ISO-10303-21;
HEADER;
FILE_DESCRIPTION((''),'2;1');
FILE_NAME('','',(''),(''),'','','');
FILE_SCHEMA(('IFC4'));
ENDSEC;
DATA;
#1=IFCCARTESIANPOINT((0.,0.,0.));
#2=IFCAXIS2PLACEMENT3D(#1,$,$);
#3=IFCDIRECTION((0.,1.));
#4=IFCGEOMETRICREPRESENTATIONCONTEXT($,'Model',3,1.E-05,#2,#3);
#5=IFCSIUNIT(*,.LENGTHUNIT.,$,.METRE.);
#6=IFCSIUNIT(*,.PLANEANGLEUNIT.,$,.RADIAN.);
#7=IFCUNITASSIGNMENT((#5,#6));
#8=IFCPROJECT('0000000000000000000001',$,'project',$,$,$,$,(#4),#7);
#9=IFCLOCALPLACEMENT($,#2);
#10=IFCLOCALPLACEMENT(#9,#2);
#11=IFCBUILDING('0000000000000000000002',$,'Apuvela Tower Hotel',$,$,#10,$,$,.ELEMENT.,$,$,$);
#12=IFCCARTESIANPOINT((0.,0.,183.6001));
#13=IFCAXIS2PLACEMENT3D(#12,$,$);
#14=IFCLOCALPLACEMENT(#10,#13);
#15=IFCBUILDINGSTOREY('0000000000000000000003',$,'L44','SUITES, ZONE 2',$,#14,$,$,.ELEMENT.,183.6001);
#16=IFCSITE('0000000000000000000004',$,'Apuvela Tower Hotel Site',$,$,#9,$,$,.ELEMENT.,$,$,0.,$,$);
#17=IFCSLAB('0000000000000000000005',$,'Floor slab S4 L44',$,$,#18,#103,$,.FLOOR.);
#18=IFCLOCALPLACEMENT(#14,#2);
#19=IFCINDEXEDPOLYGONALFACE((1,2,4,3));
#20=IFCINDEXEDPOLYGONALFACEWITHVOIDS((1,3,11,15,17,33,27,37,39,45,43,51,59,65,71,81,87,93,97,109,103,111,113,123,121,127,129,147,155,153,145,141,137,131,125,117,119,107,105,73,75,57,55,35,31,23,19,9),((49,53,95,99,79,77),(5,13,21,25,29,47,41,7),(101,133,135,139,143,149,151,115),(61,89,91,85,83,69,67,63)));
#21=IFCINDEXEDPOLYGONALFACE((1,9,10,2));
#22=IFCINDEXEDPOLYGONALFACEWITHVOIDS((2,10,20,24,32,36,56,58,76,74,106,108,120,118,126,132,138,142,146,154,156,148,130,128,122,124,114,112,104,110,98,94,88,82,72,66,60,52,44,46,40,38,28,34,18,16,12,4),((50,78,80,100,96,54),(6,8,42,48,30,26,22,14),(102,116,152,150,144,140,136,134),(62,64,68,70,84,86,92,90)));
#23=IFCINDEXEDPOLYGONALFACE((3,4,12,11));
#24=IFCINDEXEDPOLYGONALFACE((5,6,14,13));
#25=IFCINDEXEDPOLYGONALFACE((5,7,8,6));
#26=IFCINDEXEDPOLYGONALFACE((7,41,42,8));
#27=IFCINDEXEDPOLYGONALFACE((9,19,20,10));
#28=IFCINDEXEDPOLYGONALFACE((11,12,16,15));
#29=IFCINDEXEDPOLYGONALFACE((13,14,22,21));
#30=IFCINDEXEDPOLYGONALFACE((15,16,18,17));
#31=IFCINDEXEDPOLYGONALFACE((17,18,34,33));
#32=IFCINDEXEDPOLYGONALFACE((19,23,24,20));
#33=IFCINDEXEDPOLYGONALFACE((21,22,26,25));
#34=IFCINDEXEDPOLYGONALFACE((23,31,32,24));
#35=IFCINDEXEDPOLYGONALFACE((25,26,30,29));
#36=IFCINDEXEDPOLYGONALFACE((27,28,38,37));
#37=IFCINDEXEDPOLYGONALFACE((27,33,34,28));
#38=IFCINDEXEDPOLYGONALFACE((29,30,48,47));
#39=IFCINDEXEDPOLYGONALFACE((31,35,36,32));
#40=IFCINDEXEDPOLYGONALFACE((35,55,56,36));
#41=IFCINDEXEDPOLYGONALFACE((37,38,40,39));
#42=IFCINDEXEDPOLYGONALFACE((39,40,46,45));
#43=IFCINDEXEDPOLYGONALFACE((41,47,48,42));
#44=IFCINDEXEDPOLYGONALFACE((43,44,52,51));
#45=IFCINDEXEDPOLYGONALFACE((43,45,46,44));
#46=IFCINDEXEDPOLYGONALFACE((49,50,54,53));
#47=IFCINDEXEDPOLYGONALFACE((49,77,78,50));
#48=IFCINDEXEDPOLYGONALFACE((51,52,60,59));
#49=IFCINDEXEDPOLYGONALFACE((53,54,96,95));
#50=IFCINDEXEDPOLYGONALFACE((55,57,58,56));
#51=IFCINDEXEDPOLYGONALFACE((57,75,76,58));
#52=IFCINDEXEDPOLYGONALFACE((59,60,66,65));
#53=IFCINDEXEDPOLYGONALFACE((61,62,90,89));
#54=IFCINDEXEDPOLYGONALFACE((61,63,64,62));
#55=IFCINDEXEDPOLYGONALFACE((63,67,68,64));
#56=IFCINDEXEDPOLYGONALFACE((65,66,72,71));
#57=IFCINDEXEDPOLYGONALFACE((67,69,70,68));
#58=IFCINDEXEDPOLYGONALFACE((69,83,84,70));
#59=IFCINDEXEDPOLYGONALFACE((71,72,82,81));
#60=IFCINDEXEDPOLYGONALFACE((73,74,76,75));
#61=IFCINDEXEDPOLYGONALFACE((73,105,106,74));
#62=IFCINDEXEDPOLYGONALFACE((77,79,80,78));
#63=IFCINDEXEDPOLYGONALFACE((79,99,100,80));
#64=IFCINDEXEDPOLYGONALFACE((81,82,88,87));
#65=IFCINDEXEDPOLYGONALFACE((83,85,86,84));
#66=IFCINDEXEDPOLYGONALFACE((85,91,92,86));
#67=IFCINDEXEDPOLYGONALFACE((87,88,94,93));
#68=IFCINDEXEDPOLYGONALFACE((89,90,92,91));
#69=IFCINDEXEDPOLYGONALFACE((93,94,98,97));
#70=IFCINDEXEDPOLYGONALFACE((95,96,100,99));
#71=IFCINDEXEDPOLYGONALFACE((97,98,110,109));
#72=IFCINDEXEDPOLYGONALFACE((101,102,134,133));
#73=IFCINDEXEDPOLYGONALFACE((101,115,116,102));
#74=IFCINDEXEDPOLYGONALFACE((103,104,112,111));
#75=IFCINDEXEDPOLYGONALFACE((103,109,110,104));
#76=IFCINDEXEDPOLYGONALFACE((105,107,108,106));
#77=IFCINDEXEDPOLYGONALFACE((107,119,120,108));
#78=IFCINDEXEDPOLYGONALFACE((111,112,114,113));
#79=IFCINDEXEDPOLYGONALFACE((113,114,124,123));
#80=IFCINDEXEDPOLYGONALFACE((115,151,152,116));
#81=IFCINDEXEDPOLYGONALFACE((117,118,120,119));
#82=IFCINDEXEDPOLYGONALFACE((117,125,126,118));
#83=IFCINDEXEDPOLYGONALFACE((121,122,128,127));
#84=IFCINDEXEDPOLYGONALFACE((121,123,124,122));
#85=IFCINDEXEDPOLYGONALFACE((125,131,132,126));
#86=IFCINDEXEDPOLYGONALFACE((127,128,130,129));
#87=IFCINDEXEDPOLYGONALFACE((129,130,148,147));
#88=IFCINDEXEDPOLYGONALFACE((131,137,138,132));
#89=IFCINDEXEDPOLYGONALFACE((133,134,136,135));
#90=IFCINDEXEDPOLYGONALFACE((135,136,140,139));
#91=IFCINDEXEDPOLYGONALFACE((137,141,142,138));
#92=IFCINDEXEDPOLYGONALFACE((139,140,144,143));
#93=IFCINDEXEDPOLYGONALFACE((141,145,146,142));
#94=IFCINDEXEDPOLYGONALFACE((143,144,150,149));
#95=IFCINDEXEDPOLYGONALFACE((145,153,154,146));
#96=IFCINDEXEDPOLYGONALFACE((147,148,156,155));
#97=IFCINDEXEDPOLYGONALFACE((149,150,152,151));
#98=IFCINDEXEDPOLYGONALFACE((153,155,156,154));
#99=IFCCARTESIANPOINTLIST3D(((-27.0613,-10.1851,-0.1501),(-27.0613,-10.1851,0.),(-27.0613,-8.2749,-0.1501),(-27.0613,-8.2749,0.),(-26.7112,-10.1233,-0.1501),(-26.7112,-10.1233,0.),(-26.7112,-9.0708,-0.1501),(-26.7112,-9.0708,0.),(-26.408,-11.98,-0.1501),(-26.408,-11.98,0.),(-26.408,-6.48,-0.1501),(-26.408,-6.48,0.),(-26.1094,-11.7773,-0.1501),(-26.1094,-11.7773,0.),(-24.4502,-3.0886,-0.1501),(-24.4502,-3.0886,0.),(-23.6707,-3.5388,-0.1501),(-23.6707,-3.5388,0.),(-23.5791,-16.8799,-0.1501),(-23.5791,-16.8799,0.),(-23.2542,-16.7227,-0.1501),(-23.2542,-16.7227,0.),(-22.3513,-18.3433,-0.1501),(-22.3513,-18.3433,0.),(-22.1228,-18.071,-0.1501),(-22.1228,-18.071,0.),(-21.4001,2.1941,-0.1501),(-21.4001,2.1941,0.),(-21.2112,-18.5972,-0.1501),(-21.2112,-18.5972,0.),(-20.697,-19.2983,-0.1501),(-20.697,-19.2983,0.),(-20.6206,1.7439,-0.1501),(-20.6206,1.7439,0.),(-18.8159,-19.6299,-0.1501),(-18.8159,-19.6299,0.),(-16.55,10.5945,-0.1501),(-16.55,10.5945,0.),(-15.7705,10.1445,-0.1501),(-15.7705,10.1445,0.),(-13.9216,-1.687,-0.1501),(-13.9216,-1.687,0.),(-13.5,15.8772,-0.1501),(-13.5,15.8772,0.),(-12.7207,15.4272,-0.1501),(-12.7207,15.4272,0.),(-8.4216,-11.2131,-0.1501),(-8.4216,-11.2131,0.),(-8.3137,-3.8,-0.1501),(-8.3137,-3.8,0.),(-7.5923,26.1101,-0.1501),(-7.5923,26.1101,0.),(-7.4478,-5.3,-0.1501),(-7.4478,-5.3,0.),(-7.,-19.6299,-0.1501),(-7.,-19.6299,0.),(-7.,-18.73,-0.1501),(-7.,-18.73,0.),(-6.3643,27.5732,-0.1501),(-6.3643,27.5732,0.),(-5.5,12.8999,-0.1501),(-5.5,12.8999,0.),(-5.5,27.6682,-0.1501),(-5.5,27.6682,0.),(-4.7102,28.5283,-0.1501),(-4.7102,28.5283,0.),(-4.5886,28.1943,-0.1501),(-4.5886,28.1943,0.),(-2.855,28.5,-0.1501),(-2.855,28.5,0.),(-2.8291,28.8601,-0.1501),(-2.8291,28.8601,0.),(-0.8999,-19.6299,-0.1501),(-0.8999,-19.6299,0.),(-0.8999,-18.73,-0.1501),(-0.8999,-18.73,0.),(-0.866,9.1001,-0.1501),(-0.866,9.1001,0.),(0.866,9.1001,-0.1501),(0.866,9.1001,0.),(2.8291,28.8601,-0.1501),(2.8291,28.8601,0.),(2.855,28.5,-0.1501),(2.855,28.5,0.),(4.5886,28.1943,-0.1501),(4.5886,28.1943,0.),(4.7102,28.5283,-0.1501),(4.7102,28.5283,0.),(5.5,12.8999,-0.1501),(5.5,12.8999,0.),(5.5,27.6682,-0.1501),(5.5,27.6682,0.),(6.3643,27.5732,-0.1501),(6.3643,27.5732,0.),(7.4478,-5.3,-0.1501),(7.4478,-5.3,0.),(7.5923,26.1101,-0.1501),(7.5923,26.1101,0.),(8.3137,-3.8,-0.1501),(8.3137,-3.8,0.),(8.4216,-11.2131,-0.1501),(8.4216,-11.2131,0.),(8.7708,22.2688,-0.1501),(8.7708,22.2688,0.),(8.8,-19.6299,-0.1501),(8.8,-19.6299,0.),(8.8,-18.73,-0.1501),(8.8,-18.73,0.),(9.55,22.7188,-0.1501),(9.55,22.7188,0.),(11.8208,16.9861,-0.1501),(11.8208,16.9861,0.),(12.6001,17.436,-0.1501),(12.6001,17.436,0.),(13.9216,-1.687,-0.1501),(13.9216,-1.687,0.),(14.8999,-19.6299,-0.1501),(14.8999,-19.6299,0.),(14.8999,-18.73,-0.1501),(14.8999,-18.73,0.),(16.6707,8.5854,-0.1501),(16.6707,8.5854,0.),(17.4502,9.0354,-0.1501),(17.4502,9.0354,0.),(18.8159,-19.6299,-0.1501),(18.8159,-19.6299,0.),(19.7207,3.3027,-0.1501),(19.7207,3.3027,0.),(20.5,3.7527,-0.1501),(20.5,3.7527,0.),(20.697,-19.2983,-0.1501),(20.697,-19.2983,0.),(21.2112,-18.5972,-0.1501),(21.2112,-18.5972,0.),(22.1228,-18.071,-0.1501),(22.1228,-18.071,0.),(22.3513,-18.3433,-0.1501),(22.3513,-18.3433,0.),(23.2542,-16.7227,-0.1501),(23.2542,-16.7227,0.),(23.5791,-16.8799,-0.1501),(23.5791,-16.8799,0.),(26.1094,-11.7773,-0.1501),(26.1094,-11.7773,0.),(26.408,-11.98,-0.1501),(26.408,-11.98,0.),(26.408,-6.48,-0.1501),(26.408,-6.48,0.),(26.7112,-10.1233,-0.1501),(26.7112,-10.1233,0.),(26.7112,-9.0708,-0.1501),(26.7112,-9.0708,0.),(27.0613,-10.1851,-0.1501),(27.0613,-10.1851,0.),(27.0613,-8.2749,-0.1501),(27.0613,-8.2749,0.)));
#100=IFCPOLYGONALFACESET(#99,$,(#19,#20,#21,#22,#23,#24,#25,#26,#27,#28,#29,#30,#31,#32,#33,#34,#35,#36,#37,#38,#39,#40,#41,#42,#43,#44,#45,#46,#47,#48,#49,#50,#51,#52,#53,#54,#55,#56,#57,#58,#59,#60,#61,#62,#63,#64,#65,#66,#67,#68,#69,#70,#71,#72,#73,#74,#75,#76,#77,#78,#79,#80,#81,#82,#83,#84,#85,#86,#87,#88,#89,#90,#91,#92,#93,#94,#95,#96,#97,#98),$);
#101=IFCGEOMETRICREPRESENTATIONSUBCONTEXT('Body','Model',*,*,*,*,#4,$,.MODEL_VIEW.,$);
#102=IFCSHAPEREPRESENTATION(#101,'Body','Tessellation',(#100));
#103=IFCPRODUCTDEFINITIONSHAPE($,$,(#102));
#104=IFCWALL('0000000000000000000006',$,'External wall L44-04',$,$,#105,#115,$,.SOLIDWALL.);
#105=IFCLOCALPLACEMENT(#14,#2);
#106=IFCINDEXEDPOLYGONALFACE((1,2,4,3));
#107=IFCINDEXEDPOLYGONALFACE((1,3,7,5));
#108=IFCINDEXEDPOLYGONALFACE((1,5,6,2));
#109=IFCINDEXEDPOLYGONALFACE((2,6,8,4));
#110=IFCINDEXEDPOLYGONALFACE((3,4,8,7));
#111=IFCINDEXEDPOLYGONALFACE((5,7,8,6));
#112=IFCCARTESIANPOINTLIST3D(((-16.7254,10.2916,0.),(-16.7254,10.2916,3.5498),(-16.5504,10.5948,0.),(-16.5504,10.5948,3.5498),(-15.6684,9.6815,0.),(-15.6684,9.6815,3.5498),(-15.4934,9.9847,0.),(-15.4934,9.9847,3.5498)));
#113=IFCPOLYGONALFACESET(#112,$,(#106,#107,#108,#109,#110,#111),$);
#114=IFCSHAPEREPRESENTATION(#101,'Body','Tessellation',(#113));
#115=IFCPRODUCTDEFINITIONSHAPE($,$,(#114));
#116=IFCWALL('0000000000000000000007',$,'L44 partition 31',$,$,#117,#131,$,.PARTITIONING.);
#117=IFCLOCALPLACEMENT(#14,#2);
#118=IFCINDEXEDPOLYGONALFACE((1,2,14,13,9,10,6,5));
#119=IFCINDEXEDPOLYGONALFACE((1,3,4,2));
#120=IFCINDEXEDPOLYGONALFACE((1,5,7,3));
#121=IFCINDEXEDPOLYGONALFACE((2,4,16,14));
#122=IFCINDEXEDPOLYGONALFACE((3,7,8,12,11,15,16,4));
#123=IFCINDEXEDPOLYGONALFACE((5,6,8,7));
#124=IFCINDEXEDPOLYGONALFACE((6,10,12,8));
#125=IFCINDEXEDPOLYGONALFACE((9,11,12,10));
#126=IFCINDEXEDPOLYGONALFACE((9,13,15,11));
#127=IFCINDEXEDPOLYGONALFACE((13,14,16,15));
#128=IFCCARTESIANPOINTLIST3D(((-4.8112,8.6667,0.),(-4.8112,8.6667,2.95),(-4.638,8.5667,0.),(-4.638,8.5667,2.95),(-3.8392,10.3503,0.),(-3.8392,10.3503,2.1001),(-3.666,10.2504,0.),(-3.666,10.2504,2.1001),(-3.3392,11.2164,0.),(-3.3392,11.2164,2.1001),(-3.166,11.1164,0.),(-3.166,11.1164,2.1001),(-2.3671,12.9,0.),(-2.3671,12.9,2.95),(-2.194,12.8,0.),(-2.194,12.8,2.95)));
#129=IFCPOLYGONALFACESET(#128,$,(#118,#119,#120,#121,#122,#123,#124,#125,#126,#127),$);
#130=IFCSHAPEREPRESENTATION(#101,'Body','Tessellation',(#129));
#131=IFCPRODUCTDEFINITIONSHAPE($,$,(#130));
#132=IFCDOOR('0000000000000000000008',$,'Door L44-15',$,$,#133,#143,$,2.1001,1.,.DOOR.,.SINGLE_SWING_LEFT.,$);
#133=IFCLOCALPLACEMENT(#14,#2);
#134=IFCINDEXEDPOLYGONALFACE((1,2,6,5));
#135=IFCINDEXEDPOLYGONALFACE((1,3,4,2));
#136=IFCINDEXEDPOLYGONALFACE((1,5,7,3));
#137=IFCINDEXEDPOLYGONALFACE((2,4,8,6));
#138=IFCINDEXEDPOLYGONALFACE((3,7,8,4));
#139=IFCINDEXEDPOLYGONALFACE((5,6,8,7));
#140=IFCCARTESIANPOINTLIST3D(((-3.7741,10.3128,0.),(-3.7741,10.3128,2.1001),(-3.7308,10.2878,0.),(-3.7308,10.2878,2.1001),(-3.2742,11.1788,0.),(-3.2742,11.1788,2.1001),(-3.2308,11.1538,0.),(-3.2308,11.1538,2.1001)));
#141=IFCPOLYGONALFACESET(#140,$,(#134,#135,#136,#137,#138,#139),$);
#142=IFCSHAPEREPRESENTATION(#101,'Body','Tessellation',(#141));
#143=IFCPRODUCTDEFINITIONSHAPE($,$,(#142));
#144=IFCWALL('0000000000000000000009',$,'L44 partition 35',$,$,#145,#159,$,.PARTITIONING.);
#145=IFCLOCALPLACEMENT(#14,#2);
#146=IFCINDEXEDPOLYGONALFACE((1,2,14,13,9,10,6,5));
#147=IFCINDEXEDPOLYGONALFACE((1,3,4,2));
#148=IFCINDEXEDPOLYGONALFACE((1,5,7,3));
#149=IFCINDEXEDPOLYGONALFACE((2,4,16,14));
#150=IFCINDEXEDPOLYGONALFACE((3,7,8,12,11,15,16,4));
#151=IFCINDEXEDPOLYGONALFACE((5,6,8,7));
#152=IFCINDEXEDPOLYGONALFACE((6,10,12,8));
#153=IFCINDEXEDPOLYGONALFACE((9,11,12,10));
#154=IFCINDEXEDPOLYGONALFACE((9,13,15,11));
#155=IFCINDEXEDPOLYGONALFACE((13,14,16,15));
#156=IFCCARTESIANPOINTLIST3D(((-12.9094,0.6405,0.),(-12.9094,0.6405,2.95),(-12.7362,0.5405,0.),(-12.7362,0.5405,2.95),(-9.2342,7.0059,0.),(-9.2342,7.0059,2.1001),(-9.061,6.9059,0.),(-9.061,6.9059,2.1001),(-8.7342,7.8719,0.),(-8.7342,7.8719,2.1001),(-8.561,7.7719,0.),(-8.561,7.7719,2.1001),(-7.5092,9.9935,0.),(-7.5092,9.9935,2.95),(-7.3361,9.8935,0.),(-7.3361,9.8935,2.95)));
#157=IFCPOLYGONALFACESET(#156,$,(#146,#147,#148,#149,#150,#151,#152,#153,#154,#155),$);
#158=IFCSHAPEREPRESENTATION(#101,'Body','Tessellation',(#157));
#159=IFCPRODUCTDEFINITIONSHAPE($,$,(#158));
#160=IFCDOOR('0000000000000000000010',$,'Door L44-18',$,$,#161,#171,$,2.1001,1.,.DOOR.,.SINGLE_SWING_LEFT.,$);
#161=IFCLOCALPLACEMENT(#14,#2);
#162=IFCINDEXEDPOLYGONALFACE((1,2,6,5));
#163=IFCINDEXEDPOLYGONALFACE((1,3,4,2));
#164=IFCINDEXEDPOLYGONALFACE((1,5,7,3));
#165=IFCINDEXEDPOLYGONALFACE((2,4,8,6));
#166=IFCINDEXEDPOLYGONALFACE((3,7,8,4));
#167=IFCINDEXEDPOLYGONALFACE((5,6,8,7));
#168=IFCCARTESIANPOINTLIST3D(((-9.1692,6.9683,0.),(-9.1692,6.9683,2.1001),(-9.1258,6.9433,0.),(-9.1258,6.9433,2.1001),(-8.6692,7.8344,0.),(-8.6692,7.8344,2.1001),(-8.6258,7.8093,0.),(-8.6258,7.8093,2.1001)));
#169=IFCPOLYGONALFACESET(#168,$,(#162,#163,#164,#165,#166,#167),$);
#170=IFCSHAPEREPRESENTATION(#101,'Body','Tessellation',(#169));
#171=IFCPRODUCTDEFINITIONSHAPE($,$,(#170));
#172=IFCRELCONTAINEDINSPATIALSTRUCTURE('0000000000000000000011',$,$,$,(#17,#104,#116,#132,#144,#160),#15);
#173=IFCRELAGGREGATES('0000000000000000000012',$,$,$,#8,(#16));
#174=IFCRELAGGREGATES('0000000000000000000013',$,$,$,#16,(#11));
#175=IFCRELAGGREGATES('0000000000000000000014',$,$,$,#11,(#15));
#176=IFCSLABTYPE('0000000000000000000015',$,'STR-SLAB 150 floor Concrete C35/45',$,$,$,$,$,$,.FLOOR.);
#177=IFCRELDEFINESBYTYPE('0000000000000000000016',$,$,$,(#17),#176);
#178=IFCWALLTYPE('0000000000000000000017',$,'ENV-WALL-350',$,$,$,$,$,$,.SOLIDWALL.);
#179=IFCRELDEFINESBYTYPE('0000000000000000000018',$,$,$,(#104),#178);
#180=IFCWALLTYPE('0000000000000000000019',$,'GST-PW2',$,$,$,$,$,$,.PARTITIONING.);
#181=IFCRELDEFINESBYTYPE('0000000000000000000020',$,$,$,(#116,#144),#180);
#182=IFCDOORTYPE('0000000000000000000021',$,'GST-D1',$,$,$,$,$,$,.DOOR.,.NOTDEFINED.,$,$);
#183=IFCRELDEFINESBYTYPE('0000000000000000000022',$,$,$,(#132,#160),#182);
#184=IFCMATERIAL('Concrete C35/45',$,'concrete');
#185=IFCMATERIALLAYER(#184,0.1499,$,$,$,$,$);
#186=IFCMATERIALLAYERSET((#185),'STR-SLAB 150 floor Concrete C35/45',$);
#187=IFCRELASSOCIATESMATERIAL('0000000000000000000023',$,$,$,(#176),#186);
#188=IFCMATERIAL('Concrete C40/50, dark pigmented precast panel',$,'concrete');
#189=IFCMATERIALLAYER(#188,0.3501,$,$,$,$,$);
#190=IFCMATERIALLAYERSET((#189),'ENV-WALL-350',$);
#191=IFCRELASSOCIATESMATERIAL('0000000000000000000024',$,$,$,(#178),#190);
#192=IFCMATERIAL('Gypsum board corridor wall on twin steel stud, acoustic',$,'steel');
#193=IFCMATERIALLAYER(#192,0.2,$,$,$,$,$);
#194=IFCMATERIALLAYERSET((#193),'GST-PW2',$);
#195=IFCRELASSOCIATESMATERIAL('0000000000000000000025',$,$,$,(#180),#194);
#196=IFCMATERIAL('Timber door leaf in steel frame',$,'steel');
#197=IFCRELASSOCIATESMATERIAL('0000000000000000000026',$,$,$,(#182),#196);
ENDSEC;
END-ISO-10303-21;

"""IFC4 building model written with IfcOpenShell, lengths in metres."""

from ifc_helpers import new_model, si_unit, direction, frame, frame_2d, origin, place, context, subcontext, project, spatial, polyline, rectangle, outline, extrude, material, layer, layer_set, type_object, element, fill, save


model = new_model("IFC4")

# Units and contexts
model_context = context("Model", 3, precision=1e-05, world=origin(), true_north=direction((0.0, 1.0)))
body_context = subcontext(model_context, "Body", "Model", "MODEL_VIEW")
ifc_project = project(units=[si_unit("LENGTHUNIT", "METRE"), si_unit("PLANEANGLEUNIT", "RADIAN")], contexts=[model_context])

# Site, building, storey
site_placement = place(None, origin())
site = spatial("IfcSite", under=ifc_project, at=site_placement, Name="Apuvela Tower Hotel Site", CompositionType="ELEMENT", RefElevation=0.0)
building_placement = place(site_placement, origin())
building = spatial("IfcBuilding", under=site, at=building_placement, Name="Apuvela Tower Hotel", CompositionType="ELEMENT")
storey_placement = place(building_placement, frame((0.0, 0.0, 183.6001)))
storey = spatial("IfcBuildingStorey", under=building, at=storey_placement, Name="L44", Description="SUITES, ZONE 2", CompositionType="ELEMENT", Elevation=183.6001)

# Slab
ifc_material_1 = material(Name="Concrete C35/45", Category="concrete")
ifc_layer_1 = layer(ifc_material_1, 0.1499)
ifc_layer_set_1 = layer_set([ifc_layer_1], Name="STR-SLAB 150 floor Concrete C35/45")
slab_type_1 = type_object("IfcSlabType", Name="STR-SLAB 150 floor Concrete C35/45", PredefinedType="FLOOR", material=ifc_layer_set_1)
slab_1_placement = place(storey_placement, frame((0.0, 0.0, -0.1501)))
element("IfcSlab", 1, at=slab_1_placement, inside=storey, type_object=slab_type_1, Name="Floor slab S4 L44", PredefinedType="FLOOR", context=body_context, shape_type="SweptSolid", body=[
    extrude(outline(polyline([(-6.3643, 27.5732), (-4.7102, 28.5283), (-2.8291, 28.8601), (2.8291, 28.8601), (4.7102, 28.5283), (6.3643, 27.5732), (7.5923, 26.1101), (9.55, 22.7188), (8.7708, 22.2688), (11.8208, 16.9861), (12.6001, 17.436), (17.4502, 9.0354), (16.6707, 8.5854), (19.7207, 3.3027), (20.5, 3.7527), (26.408, -6.48), (27.0613, -8.2749), (27.0613, -10.1851), (26.408, -11.98), (23.5791, -16.8799), (22.3513, -18.3433), (20.697, -19.2983), (18.8159, -19.6299), (14.8999, -19.6299), (14.8999, -18.73), (8.8, -18.73), (8.8, -19.6299), (-0.8999, -19.6299), (-0.8999, -18.73), (-7.0, -18.73), (-7.0, -19.6299), (-18.8159, -19.6299), (-20.697, -19.2983), (-22.3513, -18.3433), (-23.5791, -16.8799), (-26.408, -11.98), (-27.0613, -10.1851), (-27.0613, -8.2749), (-26.408, -6.48), (-24.4502, -3.0886), (-23.6707, -3.5388), (-20.6206, 1.7439), (-21.4001, 2.1941), (-16.55, 10.5945), (-15.7705, 10.1445), (-12.7207, 15.4272), (-13.5, 15.8772), (-7.5923, 26.1101), (-6.3643, 27.5732)]), holes=[polyline([(0.866, 9.1001), (-0.866, 9.1001), (-8.3137, -3.8), (-7.4478, -5.3), (7.4478, -5.3), (8.3137, -3.8), (0.866, 9.1001)]), polyline([(-5.5, 12.8999), (-5.5, 27.6682), (-4.5886, 28.1943), (-2.855, 28.5), (2.855, 28.5), (4.5886, 28.1943), (5.5, 27.6682), (5.5, 12.8999), (-5.5, 12.8999)]), polyline([(-8.4216, -11.2131), (-21.2112, -18.5972), (-22.1228, -18.071), (-23.2542, -16.7227), (-26.1094, -11.7773), (-26.7112, -10.1233), (-26.7112, -9.0708), (-13.9216, -1.687), (-8.4216, -11.2131)]), polyline([(13.9216, -1.687), (26.7112, -9.0708), (26.7112, -10.1233), (26.1094, -11.7773), (23.2542, -16.7227), (22.1228, -18.071), (21.2112, -18.5972), (8.4216, -11.2131), (13.9216, -1.687)])]), origin(), (0.0, 0.0, 1.0), 0.1501),
])

# Wall
ifc_material_2 = material(Name="Concrete C40/50, dark pigmented precast panel", Category="concrete")
ifc_layer_2 = layer(ifc_material_2, 0.3501)
ifc_layer_set_2 = layer_set([ifc_layer_2], Name="ENV-WALL-350")
wall_type_1 = type_object("IfcWallType", Name="ENV-WALL-350", PredefinedType="SOLIDWALL", material=ifc_layer_set_2)
wall_1_placement = place(storey_placement, frame((-15.5808, 9.833, 0.0), z_axis=(0.0, 0.0, 1.0), x_axis=(-0.866056, 0.499948, 0.0)))
element("IfcWall", 2, at=wall_1_placement, inside=storey, type_object=wall_type_1, Name="External wall L44-04", PredefinedType="SOLIDWALL", context=body_context, shape_type="SweptSolid", body=[
    extrude(rectangle(XDim=1.2205, YDim=0.3501, at=frame_2d((0.6104, 0.0))), origin(), (0.0, 0.0, 1.0), 3.5498),
])

# Walls, openings, doors
ifc_material_3 = material(Name="Gypsum board corridor wall on twin steel stud, acoustic", Category="steel")
ifc_layer_3 = layer(ifc_material_3, 0.2)
ifc_layer_set_3 = layer_set([ifc_layer_3], Name="GST-PW2")
wall_type_2 = type_object("IfcWallType", Name="GST-PW2", PredefinedType="PARTITIONING", material=ifc_layer_set_3)
wall_2_placement = place(storey_placement, frame((-4.7246, 8.6167, 0.0), z_axis=(0.0, 0.0, 1.0), x_axis=(0.49999, 0.866031, 0.0)))
wall_2 = element("IfcWall", 3, at=wall_2_placement, inside=storey, type_object=wall_type_2, Name="L44 partition 31", PredefinedType="PARTITIONING", context=body_context, shape_type="SweptSolid", body=[
    extrude(rectangle(XDim=4.8882, YDim=0.2, at=frame_2d((2.4441, 0.0))), origin(), (0.0, 0.0, 1.0), 2.95),
])
opening_1_placement = place(wall_2_placement, frame((1.9441, 0.0, 0.0)))
opening_1 = element("IfcOpeningElement", 4, at=opening_1_placement, cuts=wall_2, PredefinedType="OPENING", context=body_context, shape_type="SweptSolid", body=[
    extrude(rectangle(XDim=1.0, YDim=2.1001, at=frame_2d((0.5, 1.05))), frame((0.0, 0.1099, 0.0), z_axis=(0.0, -1.0, 0.0), x_axis=(1.0, 0.0, 0.0)), (0.0, 0.0, 1.0), 0.22),
])
ifc_material_4 = material(Name="Timber door leaf in steel frame", Category="steel")
door_type_1 = type_object("IfcDoorType", Name="GST-D1", OperationType="NOTDEFINED", PredefinedType="DOOR", material=ifc_material_4)
door_1_placement = place(opening_1_placement, origin())
door_1 = element("IfcDoor", 5, at=door_1_placement, inside=storey, type_object=door_type_1, Name="Door L44-15", OperationType="SINGLE_SWING_LEFT", OverallHeight=2.1001, OverallWidth=1.0, PredefinedType="DOOR", context=body_context, shape_type="SweptSolid", body=[
    extrude(rectangle(XDim=1.0, YDim=2.1001, at=frame_2d((0.5, 1.05))), frame((0.0, 0.0249, 0.0), z_axis=(0.0, -1.0, 0.0), x_axis=(1.0, 0.0, 0.0)), (0.0, 0.0, 1.0), 0.05),
])
fill(opening_1, door_1)
wall_3_placement = place(storey_placement, frame((-12.8228, 0.5906, 0.0), z_axis=(0.0, 0.0, 1.0), x_axis=(0.500012, 0.866018, 0.0)))
wall_3 = element("IfcWall", 6, at=wall_3_placement, inside=storey, type_object=wall_type_2, Name="L44 partition 35", PredefinedType="PARTITIONING", context=body_context, shape_type="SweptSolid", body=[
    extrude(rectangle(XDim=10.8, YDim=0.2, at=frame_2d((5.3999, 0.0))), origin(), (0.0, 0.0, 1.0), 2.95),
])
opening_2_placement = place(wall_3_placement, frame((7.3501, 0.0, 0.0)))
opening_2 = element("IfcOpeningElement", 7, at=opening_2_placement, cuts=wall_3, PredefinedType="OPENING", context=body_context, shape_type="SweptSolid", body=[
    extrude(rectangle(XDim=1.0, YDim=2.1001, at=frame_2d((0.5, 1.05))), frame((0.0, 0.1099, 0.0), z_axis=(0.0, -1.0, 0.0), x_axis=(1.0, 0.0, 0.0)), (0.0, 0.0, 1.0), 0.22),
])
door_2_placement = place(opening_2_placement, origin())
door_2 = element("IfcDoor", 8, at=door_2_placement, inside=storey, type_object=door_type_1, Name="Door L44-18", OperationType="SINGLE_SWING_LEFT", OverallHeight=2.1001, OverallWidth=1.0, PredefinedType="DOOR", context=body_context, shape_type="SweptSolid", body=[
    extrude(rectangle(XDim=1.0, YDim=2.1001, at=frame_2d((0.5, 1.05))), frame((0.0, 0.0249, 0.0), z_axis=(0.0, -1.0, 0.0), x_axis=(1.0, 0.0, 0.0)), (0.0, 0.0, 1.0), 0.05),
])
fill(opening_2, door_2)

save(model, "model.ifc")
